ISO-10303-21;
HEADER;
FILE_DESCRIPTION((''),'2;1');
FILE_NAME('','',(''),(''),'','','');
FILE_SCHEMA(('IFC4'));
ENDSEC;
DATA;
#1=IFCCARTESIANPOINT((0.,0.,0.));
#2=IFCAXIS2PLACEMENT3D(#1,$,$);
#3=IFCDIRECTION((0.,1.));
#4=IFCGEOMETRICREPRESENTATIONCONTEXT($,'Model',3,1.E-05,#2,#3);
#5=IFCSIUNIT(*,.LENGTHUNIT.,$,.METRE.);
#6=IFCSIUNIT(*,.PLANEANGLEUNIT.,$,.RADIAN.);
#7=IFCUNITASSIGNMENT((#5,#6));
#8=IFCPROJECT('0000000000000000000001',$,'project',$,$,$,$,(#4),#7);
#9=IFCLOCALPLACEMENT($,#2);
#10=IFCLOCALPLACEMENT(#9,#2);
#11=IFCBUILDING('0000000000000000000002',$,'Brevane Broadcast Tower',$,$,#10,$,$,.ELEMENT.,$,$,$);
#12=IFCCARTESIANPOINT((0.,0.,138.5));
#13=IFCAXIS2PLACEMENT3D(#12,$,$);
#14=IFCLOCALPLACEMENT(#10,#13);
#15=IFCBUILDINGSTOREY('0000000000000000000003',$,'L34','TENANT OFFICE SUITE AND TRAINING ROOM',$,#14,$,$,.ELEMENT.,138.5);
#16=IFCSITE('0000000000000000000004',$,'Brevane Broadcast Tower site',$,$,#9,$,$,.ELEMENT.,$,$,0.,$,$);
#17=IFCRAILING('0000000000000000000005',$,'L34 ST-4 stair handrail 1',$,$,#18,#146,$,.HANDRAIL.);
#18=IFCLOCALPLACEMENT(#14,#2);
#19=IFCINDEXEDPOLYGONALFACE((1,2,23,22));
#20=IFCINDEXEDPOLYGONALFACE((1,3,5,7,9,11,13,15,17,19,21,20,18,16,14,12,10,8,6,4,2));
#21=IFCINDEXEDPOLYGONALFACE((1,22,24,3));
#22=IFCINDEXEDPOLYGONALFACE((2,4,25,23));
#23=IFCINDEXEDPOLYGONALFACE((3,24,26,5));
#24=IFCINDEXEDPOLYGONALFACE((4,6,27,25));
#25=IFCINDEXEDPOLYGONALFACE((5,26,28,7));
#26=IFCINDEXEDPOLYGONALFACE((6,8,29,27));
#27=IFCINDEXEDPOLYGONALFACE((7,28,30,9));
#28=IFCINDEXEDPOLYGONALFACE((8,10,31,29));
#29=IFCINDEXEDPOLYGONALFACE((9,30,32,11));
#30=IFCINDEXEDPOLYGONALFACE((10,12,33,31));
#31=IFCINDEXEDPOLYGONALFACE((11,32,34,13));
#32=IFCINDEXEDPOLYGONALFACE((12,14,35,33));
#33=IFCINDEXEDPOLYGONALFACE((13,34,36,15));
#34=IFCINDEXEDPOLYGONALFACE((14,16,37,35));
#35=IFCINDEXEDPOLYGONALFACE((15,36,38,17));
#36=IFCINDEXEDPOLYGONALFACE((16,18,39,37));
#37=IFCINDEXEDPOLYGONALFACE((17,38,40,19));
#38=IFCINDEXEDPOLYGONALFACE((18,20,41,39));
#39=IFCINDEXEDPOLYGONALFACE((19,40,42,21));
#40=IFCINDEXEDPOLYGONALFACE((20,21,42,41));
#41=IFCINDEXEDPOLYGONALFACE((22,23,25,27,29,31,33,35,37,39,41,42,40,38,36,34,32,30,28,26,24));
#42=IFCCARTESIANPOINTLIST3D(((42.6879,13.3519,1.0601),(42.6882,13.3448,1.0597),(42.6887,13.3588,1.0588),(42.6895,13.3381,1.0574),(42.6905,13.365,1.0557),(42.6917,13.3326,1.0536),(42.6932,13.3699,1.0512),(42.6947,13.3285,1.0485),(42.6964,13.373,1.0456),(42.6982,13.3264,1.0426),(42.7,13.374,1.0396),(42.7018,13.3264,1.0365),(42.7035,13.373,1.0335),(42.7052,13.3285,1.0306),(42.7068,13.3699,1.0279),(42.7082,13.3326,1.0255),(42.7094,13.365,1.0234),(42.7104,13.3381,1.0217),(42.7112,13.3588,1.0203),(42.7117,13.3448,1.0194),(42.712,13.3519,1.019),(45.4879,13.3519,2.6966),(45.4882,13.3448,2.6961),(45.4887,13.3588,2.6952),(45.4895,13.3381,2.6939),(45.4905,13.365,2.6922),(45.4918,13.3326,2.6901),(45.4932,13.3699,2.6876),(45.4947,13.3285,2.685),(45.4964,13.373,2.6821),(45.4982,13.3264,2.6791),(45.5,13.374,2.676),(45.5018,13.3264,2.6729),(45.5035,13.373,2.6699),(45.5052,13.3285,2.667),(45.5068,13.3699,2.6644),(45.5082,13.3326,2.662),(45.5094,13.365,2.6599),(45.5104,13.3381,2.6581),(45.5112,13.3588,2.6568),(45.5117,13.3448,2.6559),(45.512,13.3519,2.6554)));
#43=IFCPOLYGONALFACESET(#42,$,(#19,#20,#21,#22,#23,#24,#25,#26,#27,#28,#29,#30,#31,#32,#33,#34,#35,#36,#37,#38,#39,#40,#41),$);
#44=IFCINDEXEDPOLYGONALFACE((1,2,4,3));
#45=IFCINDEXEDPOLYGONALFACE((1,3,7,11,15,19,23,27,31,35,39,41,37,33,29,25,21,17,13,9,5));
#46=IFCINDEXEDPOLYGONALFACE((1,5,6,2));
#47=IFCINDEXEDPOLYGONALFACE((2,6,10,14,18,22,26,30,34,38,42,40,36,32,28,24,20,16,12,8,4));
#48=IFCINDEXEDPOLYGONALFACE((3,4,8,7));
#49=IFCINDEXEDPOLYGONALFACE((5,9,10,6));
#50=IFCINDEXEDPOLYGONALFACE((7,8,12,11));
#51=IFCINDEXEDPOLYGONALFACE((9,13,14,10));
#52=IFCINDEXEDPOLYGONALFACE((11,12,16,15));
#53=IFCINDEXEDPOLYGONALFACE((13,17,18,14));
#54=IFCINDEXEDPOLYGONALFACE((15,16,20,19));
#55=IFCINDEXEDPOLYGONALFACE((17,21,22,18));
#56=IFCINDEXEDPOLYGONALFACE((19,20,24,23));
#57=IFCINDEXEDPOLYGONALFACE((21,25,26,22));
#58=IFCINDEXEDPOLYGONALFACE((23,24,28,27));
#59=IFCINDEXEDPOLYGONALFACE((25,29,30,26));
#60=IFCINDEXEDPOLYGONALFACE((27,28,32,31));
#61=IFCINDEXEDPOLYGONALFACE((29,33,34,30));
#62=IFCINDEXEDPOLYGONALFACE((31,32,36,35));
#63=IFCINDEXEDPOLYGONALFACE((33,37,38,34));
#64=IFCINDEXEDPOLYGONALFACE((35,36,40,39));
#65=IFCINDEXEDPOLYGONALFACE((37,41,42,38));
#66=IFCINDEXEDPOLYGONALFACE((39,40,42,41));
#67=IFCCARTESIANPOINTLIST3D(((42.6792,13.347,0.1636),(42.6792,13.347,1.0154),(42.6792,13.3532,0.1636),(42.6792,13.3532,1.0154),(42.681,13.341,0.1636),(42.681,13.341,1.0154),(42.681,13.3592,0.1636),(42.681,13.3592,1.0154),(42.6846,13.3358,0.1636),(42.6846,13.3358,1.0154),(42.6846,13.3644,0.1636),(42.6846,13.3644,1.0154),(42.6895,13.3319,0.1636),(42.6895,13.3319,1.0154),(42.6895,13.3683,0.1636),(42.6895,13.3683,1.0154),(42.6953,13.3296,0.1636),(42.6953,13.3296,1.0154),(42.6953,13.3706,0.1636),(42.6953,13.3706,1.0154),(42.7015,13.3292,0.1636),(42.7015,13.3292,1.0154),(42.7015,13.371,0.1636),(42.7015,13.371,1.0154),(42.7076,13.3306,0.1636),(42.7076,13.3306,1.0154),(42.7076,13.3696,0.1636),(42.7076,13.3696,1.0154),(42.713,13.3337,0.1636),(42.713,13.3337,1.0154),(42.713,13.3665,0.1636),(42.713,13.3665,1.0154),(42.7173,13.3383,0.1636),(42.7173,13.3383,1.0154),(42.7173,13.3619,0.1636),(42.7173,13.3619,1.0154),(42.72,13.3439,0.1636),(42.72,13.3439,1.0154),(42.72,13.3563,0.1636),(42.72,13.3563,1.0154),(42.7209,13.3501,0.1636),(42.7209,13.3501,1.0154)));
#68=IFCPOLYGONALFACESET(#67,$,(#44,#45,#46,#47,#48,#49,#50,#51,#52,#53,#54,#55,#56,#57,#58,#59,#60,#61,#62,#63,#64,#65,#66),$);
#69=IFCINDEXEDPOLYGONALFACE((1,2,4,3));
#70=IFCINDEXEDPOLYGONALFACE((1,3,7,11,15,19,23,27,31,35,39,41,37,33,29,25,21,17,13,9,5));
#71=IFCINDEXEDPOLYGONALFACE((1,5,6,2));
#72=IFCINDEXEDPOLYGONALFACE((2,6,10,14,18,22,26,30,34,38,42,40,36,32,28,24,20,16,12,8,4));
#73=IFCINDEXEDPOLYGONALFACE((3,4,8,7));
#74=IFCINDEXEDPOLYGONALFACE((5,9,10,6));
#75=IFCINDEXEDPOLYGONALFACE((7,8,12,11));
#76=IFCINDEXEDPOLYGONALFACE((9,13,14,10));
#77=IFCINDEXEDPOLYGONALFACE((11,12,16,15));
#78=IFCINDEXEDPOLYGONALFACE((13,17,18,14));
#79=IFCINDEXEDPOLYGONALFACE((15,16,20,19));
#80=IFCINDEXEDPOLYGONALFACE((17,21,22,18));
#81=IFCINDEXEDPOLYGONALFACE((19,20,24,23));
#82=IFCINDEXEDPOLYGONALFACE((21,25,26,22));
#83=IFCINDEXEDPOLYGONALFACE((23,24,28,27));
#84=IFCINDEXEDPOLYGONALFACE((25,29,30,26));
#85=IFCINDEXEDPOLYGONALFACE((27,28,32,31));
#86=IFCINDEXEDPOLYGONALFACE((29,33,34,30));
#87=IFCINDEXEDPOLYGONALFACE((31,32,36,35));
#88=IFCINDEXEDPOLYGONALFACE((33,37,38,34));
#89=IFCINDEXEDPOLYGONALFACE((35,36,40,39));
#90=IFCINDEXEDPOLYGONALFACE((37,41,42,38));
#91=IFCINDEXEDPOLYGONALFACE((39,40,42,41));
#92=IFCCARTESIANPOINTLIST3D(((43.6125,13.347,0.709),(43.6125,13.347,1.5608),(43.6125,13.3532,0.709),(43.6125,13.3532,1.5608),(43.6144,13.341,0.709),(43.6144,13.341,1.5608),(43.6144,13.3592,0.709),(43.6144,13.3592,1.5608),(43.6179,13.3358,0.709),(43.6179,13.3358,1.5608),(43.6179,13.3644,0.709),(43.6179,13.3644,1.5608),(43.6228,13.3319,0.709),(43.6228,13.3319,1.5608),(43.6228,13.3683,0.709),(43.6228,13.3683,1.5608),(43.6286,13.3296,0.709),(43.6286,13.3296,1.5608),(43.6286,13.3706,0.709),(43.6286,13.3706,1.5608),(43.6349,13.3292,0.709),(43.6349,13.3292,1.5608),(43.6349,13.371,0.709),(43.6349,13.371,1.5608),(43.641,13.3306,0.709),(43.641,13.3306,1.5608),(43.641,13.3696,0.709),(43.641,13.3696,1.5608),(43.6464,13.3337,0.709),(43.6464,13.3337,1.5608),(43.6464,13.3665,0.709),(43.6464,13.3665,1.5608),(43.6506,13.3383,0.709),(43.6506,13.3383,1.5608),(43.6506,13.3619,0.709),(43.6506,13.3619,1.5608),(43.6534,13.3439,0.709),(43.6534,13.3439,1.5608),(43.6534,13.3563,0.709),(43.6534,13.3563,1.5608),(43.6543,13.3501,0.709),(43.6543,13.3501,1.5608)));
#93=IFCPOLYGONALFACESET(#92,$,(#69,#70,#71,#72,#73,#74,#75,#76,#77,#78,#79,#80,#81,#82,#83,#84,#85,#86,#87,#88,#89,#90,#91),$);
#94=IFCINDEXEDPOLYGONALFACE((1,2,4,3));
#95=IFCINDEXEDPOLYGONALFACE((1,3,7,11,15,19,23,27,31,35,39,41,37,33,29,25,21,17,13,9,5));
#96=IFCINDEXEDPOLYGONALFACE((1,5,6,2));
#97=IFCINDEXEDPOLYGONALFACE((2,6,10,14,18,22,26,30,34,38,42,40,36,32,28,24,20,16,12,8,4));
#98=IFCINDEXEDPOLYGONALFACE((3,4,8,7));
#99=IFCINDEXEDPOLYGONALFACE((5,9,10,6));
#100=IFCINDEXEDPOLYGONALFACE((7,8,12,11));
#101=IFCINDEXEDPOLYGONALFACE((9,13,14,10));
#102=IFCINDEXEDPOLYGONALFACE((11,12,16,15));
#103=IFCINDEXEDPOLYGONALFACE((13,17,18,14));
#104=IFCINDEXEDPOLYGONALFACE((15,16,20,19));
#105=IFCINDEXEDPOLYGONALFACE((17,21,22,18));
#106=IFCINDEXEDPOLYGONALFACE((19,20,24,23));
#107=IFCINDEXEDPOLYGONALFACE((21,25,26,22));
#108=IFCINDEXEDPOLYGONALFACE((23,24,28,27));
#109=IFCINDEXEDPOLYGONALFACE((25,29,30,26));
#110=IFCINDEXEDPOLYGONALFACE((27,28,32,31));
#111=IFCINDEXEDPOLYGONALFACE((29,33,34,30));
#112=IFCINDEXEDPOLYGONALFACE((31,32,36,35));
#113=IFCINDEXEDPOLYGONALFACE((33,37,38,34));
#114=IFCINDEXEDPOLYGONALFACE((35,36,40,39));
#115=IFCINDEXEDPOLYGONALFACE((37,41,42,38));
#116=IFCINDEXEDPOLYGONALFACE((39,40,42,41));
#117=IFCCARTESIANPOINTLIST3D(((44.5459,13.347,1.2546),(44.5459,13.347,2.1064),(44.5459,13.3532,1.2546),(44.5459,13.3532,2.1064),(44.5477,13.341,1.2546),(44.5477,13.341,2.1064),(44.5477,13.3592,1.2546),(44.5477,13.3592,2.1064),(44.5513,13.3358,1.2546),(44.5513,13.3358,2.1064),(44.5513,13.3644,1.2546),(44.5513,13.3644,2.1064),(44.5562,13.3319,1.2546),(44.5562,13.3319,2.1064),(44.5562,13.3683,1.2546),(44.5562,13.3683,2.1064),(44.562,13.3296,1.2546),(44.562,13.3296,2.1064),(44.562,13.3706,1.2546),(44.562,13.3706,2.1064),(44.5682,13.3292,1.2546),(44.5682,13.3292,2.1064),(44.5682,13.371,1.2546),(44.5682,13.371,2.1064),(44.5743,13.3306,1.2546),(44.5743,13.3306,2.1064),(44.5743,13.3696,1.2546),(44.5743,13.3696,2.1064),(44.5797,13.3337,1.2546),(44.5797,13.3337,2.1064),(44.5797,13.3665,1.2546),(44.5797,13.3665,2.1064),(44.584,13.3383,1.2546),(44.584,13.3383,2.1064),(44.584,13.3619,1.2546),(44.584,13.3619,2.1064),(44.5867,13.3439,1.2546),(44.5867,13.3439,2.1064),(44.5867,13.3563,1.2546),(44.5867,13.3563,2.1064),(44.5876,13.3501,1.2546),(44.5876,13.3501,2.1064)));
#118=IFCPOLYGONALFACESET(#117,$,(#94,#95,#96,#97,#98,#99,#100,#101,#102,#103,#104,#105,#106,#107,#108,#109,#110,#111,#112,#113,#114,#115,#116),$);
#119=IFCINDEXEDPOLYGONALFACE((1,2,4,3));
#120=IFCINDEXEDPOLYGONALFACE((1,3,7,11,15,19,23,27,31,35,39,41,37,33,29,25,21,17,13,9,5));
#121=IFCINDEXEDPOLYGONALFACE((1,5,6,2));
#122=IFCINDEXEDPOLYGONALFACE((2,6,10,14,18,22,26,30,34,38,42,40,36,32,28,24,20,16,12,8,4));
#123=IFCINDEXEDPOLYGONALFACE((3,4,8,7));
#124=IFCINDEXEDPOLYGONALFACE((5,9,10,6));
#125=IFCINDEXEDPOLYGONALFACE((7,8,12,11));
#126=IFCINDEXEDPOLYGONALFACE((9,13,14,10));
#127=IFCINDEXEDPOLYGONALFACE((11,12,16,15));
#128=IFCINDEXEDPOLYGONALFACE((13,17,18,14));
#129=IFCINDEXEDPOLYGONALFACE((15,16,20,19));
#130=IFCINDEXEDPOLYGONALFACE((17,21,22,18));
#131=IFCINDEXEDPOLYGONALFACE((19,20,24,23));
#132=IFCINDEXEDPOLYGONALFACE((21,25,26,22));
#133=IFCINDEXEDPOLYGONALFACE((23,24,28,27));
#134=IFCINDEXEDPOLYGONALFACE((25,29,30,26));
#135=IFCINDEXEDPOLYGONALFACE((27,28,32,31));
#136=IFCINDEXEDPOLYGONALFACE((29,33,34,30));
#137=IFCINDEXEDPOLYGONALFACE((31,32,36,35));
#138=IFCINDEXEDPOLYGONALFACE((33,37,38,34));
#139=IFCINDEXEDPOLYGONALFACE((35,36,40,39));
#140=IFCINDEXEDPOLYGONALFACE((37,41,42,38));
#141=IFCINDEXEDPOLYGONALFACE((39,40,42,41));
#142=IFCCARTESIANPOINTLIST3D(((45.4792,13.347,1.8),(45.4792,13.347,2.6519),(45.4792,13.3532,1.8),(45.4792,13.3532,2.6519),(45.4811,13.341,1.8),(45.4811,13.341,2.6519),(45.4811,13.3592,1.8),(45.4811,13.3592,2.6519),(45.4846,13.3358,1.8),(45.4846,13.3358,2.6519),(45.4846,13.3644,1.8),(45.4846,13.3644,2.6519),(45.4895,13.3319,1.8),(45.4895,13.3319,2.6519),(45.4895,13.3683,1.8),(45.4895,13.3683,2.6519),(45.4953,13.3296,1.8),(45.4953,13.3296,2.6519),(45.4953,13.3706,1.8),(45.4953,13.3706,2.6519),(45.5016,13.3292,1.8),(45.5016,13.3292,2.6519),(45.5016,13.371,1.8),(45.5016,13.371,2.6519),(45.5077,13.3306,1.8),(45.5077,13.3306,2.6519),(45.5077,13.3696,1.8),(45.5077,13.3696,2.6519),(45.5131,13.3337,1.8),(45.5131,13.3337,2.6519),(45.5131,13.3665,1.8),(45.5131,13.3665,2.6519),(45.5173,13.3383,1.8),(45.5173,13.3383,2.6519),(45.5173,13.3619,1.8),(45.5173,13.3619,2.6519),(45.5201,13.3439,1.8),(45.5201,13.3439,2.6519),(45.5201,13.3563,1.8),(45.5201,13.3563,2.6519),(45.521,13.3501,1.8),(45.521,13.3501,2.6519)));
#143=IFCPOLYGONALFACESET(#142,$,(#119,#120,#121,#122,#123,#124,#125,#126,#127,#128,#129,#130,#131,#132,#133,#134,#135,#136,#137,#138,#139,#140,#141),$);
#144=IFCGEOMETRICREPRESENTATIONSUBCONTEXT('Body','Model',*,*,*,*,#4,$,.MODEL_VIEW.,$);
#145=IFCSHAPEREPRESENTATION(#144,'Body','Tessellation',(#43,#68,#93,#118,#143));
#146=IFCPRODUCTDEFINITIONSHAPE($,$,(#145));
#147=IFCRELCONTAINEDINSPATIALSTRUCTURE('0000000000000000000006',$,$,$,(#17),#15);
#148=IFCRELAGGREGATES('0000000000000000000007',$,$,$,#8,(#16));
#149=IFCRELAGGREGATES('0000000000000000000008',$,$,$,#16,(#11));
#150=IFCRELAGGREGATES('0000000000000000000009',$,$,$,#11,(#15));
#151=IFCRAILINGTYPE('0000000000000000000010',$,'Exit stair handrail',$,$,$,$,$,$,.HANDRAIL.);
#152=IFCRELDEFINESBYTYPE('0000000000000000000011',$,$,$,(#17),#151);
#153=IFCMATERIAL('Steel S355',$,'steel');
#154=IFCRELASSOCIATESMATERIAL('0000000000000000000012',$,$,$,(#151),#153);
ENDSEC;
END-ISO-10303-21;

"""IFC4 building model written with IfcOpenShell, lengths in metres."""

from ifc_helpers import new_model, si_unit, direction, frame, origin, origin_2d, place, context, subcontext, project, spatial, circle, extrude, material, type_object, element, save


model = new_model("IFC4")

# Units and contexts
model_context = context("Model", 3, precision=1e-05, world=origin(), true_north=direction((0.0, 1.0)))
body_context = subcontext(model_context, "Body", "Model", "MODEL_VIEW")
ifc_project = project(units=[si_unit("LENGTHUNIT", "METRE"), si_unit("PLANEANGLEUNIT", "RADIAN")], contexts=[model_context])

# Site, building, storey
site_placement = place(None, origin())
site = spatial("IfcSite", under=ifc_project, at=site_placement, Name="Brevane Broadcast Tower site", CompositionType="ELEMENT", RefElevation=0.0)
building_placement = place(site_placement, origin())
building = spatial("IfcBuilding", under=site, at=building_placement, Name="Brevane Broadcast Tower", CompositionType="ELEMENT")
storey_placement = place(building_placement, frame((0.0, 0.0, 138.5)))
storey = spatial("IfcBuildingStorey", under=building, at=storey_placement, Name="L34", Description="TENANT OFFICE SUITE AND TRAINING ROOM", CompositionType="ELEMENT", Elevation=138.5)

# Railing
ifc_material_1 = material(Name="Steel S355", Category="steel")
railing_type_1 = type_object("IfcRailingType", Name="Exit stair handrail", PredefinedType="HANDRAIL", material=ifc_material_1)
railing_1_placement = place(storey_placement, frame((42.7, 13.3501, 0.1636)))
element("IfcRailing", 1, at=railing_1_placement, inside=storey, type_object=railing_type_1, Name="L34 ST-4 stair handrail 1", PredefinedType="HANDRAIL", context=body_context, shape_type="SweptSolid", body=[
    extrude(circle(Radius=0.0239, at=origin_2d()), frame((0.0, 0.0, 0.876), z_axis=(0.863361, 0.0, 0.504587), x_axis=(0.0, 1.0, 0.0)), (0.0, 0.0, 1.0), 3.2432),
    extrude(circle(Radius=0.021, at=origin_2d()), origin(), (0.0, 0.0, 1.0), 0.8518),
    extrude(circle(Radius=0.021, at=origin_2d()), frame((0.9333, 0.0, 0.5454)), (0.0, 0.0, 1.0), 0.8518),
    extrude(circle(Radius=0.021, at=origin_2d()), frame((1.8667, 0.0, 1.0911)), (0.0, 0.0, 1.0), 0.8518),
    extrude(circle(Radius=0.021, at=origin_2d()), frame((2.8, 0.0, 1.6365)), (0.0, 0.0, 1.0), 0.8518),
])

save(model, "model.ifc")
